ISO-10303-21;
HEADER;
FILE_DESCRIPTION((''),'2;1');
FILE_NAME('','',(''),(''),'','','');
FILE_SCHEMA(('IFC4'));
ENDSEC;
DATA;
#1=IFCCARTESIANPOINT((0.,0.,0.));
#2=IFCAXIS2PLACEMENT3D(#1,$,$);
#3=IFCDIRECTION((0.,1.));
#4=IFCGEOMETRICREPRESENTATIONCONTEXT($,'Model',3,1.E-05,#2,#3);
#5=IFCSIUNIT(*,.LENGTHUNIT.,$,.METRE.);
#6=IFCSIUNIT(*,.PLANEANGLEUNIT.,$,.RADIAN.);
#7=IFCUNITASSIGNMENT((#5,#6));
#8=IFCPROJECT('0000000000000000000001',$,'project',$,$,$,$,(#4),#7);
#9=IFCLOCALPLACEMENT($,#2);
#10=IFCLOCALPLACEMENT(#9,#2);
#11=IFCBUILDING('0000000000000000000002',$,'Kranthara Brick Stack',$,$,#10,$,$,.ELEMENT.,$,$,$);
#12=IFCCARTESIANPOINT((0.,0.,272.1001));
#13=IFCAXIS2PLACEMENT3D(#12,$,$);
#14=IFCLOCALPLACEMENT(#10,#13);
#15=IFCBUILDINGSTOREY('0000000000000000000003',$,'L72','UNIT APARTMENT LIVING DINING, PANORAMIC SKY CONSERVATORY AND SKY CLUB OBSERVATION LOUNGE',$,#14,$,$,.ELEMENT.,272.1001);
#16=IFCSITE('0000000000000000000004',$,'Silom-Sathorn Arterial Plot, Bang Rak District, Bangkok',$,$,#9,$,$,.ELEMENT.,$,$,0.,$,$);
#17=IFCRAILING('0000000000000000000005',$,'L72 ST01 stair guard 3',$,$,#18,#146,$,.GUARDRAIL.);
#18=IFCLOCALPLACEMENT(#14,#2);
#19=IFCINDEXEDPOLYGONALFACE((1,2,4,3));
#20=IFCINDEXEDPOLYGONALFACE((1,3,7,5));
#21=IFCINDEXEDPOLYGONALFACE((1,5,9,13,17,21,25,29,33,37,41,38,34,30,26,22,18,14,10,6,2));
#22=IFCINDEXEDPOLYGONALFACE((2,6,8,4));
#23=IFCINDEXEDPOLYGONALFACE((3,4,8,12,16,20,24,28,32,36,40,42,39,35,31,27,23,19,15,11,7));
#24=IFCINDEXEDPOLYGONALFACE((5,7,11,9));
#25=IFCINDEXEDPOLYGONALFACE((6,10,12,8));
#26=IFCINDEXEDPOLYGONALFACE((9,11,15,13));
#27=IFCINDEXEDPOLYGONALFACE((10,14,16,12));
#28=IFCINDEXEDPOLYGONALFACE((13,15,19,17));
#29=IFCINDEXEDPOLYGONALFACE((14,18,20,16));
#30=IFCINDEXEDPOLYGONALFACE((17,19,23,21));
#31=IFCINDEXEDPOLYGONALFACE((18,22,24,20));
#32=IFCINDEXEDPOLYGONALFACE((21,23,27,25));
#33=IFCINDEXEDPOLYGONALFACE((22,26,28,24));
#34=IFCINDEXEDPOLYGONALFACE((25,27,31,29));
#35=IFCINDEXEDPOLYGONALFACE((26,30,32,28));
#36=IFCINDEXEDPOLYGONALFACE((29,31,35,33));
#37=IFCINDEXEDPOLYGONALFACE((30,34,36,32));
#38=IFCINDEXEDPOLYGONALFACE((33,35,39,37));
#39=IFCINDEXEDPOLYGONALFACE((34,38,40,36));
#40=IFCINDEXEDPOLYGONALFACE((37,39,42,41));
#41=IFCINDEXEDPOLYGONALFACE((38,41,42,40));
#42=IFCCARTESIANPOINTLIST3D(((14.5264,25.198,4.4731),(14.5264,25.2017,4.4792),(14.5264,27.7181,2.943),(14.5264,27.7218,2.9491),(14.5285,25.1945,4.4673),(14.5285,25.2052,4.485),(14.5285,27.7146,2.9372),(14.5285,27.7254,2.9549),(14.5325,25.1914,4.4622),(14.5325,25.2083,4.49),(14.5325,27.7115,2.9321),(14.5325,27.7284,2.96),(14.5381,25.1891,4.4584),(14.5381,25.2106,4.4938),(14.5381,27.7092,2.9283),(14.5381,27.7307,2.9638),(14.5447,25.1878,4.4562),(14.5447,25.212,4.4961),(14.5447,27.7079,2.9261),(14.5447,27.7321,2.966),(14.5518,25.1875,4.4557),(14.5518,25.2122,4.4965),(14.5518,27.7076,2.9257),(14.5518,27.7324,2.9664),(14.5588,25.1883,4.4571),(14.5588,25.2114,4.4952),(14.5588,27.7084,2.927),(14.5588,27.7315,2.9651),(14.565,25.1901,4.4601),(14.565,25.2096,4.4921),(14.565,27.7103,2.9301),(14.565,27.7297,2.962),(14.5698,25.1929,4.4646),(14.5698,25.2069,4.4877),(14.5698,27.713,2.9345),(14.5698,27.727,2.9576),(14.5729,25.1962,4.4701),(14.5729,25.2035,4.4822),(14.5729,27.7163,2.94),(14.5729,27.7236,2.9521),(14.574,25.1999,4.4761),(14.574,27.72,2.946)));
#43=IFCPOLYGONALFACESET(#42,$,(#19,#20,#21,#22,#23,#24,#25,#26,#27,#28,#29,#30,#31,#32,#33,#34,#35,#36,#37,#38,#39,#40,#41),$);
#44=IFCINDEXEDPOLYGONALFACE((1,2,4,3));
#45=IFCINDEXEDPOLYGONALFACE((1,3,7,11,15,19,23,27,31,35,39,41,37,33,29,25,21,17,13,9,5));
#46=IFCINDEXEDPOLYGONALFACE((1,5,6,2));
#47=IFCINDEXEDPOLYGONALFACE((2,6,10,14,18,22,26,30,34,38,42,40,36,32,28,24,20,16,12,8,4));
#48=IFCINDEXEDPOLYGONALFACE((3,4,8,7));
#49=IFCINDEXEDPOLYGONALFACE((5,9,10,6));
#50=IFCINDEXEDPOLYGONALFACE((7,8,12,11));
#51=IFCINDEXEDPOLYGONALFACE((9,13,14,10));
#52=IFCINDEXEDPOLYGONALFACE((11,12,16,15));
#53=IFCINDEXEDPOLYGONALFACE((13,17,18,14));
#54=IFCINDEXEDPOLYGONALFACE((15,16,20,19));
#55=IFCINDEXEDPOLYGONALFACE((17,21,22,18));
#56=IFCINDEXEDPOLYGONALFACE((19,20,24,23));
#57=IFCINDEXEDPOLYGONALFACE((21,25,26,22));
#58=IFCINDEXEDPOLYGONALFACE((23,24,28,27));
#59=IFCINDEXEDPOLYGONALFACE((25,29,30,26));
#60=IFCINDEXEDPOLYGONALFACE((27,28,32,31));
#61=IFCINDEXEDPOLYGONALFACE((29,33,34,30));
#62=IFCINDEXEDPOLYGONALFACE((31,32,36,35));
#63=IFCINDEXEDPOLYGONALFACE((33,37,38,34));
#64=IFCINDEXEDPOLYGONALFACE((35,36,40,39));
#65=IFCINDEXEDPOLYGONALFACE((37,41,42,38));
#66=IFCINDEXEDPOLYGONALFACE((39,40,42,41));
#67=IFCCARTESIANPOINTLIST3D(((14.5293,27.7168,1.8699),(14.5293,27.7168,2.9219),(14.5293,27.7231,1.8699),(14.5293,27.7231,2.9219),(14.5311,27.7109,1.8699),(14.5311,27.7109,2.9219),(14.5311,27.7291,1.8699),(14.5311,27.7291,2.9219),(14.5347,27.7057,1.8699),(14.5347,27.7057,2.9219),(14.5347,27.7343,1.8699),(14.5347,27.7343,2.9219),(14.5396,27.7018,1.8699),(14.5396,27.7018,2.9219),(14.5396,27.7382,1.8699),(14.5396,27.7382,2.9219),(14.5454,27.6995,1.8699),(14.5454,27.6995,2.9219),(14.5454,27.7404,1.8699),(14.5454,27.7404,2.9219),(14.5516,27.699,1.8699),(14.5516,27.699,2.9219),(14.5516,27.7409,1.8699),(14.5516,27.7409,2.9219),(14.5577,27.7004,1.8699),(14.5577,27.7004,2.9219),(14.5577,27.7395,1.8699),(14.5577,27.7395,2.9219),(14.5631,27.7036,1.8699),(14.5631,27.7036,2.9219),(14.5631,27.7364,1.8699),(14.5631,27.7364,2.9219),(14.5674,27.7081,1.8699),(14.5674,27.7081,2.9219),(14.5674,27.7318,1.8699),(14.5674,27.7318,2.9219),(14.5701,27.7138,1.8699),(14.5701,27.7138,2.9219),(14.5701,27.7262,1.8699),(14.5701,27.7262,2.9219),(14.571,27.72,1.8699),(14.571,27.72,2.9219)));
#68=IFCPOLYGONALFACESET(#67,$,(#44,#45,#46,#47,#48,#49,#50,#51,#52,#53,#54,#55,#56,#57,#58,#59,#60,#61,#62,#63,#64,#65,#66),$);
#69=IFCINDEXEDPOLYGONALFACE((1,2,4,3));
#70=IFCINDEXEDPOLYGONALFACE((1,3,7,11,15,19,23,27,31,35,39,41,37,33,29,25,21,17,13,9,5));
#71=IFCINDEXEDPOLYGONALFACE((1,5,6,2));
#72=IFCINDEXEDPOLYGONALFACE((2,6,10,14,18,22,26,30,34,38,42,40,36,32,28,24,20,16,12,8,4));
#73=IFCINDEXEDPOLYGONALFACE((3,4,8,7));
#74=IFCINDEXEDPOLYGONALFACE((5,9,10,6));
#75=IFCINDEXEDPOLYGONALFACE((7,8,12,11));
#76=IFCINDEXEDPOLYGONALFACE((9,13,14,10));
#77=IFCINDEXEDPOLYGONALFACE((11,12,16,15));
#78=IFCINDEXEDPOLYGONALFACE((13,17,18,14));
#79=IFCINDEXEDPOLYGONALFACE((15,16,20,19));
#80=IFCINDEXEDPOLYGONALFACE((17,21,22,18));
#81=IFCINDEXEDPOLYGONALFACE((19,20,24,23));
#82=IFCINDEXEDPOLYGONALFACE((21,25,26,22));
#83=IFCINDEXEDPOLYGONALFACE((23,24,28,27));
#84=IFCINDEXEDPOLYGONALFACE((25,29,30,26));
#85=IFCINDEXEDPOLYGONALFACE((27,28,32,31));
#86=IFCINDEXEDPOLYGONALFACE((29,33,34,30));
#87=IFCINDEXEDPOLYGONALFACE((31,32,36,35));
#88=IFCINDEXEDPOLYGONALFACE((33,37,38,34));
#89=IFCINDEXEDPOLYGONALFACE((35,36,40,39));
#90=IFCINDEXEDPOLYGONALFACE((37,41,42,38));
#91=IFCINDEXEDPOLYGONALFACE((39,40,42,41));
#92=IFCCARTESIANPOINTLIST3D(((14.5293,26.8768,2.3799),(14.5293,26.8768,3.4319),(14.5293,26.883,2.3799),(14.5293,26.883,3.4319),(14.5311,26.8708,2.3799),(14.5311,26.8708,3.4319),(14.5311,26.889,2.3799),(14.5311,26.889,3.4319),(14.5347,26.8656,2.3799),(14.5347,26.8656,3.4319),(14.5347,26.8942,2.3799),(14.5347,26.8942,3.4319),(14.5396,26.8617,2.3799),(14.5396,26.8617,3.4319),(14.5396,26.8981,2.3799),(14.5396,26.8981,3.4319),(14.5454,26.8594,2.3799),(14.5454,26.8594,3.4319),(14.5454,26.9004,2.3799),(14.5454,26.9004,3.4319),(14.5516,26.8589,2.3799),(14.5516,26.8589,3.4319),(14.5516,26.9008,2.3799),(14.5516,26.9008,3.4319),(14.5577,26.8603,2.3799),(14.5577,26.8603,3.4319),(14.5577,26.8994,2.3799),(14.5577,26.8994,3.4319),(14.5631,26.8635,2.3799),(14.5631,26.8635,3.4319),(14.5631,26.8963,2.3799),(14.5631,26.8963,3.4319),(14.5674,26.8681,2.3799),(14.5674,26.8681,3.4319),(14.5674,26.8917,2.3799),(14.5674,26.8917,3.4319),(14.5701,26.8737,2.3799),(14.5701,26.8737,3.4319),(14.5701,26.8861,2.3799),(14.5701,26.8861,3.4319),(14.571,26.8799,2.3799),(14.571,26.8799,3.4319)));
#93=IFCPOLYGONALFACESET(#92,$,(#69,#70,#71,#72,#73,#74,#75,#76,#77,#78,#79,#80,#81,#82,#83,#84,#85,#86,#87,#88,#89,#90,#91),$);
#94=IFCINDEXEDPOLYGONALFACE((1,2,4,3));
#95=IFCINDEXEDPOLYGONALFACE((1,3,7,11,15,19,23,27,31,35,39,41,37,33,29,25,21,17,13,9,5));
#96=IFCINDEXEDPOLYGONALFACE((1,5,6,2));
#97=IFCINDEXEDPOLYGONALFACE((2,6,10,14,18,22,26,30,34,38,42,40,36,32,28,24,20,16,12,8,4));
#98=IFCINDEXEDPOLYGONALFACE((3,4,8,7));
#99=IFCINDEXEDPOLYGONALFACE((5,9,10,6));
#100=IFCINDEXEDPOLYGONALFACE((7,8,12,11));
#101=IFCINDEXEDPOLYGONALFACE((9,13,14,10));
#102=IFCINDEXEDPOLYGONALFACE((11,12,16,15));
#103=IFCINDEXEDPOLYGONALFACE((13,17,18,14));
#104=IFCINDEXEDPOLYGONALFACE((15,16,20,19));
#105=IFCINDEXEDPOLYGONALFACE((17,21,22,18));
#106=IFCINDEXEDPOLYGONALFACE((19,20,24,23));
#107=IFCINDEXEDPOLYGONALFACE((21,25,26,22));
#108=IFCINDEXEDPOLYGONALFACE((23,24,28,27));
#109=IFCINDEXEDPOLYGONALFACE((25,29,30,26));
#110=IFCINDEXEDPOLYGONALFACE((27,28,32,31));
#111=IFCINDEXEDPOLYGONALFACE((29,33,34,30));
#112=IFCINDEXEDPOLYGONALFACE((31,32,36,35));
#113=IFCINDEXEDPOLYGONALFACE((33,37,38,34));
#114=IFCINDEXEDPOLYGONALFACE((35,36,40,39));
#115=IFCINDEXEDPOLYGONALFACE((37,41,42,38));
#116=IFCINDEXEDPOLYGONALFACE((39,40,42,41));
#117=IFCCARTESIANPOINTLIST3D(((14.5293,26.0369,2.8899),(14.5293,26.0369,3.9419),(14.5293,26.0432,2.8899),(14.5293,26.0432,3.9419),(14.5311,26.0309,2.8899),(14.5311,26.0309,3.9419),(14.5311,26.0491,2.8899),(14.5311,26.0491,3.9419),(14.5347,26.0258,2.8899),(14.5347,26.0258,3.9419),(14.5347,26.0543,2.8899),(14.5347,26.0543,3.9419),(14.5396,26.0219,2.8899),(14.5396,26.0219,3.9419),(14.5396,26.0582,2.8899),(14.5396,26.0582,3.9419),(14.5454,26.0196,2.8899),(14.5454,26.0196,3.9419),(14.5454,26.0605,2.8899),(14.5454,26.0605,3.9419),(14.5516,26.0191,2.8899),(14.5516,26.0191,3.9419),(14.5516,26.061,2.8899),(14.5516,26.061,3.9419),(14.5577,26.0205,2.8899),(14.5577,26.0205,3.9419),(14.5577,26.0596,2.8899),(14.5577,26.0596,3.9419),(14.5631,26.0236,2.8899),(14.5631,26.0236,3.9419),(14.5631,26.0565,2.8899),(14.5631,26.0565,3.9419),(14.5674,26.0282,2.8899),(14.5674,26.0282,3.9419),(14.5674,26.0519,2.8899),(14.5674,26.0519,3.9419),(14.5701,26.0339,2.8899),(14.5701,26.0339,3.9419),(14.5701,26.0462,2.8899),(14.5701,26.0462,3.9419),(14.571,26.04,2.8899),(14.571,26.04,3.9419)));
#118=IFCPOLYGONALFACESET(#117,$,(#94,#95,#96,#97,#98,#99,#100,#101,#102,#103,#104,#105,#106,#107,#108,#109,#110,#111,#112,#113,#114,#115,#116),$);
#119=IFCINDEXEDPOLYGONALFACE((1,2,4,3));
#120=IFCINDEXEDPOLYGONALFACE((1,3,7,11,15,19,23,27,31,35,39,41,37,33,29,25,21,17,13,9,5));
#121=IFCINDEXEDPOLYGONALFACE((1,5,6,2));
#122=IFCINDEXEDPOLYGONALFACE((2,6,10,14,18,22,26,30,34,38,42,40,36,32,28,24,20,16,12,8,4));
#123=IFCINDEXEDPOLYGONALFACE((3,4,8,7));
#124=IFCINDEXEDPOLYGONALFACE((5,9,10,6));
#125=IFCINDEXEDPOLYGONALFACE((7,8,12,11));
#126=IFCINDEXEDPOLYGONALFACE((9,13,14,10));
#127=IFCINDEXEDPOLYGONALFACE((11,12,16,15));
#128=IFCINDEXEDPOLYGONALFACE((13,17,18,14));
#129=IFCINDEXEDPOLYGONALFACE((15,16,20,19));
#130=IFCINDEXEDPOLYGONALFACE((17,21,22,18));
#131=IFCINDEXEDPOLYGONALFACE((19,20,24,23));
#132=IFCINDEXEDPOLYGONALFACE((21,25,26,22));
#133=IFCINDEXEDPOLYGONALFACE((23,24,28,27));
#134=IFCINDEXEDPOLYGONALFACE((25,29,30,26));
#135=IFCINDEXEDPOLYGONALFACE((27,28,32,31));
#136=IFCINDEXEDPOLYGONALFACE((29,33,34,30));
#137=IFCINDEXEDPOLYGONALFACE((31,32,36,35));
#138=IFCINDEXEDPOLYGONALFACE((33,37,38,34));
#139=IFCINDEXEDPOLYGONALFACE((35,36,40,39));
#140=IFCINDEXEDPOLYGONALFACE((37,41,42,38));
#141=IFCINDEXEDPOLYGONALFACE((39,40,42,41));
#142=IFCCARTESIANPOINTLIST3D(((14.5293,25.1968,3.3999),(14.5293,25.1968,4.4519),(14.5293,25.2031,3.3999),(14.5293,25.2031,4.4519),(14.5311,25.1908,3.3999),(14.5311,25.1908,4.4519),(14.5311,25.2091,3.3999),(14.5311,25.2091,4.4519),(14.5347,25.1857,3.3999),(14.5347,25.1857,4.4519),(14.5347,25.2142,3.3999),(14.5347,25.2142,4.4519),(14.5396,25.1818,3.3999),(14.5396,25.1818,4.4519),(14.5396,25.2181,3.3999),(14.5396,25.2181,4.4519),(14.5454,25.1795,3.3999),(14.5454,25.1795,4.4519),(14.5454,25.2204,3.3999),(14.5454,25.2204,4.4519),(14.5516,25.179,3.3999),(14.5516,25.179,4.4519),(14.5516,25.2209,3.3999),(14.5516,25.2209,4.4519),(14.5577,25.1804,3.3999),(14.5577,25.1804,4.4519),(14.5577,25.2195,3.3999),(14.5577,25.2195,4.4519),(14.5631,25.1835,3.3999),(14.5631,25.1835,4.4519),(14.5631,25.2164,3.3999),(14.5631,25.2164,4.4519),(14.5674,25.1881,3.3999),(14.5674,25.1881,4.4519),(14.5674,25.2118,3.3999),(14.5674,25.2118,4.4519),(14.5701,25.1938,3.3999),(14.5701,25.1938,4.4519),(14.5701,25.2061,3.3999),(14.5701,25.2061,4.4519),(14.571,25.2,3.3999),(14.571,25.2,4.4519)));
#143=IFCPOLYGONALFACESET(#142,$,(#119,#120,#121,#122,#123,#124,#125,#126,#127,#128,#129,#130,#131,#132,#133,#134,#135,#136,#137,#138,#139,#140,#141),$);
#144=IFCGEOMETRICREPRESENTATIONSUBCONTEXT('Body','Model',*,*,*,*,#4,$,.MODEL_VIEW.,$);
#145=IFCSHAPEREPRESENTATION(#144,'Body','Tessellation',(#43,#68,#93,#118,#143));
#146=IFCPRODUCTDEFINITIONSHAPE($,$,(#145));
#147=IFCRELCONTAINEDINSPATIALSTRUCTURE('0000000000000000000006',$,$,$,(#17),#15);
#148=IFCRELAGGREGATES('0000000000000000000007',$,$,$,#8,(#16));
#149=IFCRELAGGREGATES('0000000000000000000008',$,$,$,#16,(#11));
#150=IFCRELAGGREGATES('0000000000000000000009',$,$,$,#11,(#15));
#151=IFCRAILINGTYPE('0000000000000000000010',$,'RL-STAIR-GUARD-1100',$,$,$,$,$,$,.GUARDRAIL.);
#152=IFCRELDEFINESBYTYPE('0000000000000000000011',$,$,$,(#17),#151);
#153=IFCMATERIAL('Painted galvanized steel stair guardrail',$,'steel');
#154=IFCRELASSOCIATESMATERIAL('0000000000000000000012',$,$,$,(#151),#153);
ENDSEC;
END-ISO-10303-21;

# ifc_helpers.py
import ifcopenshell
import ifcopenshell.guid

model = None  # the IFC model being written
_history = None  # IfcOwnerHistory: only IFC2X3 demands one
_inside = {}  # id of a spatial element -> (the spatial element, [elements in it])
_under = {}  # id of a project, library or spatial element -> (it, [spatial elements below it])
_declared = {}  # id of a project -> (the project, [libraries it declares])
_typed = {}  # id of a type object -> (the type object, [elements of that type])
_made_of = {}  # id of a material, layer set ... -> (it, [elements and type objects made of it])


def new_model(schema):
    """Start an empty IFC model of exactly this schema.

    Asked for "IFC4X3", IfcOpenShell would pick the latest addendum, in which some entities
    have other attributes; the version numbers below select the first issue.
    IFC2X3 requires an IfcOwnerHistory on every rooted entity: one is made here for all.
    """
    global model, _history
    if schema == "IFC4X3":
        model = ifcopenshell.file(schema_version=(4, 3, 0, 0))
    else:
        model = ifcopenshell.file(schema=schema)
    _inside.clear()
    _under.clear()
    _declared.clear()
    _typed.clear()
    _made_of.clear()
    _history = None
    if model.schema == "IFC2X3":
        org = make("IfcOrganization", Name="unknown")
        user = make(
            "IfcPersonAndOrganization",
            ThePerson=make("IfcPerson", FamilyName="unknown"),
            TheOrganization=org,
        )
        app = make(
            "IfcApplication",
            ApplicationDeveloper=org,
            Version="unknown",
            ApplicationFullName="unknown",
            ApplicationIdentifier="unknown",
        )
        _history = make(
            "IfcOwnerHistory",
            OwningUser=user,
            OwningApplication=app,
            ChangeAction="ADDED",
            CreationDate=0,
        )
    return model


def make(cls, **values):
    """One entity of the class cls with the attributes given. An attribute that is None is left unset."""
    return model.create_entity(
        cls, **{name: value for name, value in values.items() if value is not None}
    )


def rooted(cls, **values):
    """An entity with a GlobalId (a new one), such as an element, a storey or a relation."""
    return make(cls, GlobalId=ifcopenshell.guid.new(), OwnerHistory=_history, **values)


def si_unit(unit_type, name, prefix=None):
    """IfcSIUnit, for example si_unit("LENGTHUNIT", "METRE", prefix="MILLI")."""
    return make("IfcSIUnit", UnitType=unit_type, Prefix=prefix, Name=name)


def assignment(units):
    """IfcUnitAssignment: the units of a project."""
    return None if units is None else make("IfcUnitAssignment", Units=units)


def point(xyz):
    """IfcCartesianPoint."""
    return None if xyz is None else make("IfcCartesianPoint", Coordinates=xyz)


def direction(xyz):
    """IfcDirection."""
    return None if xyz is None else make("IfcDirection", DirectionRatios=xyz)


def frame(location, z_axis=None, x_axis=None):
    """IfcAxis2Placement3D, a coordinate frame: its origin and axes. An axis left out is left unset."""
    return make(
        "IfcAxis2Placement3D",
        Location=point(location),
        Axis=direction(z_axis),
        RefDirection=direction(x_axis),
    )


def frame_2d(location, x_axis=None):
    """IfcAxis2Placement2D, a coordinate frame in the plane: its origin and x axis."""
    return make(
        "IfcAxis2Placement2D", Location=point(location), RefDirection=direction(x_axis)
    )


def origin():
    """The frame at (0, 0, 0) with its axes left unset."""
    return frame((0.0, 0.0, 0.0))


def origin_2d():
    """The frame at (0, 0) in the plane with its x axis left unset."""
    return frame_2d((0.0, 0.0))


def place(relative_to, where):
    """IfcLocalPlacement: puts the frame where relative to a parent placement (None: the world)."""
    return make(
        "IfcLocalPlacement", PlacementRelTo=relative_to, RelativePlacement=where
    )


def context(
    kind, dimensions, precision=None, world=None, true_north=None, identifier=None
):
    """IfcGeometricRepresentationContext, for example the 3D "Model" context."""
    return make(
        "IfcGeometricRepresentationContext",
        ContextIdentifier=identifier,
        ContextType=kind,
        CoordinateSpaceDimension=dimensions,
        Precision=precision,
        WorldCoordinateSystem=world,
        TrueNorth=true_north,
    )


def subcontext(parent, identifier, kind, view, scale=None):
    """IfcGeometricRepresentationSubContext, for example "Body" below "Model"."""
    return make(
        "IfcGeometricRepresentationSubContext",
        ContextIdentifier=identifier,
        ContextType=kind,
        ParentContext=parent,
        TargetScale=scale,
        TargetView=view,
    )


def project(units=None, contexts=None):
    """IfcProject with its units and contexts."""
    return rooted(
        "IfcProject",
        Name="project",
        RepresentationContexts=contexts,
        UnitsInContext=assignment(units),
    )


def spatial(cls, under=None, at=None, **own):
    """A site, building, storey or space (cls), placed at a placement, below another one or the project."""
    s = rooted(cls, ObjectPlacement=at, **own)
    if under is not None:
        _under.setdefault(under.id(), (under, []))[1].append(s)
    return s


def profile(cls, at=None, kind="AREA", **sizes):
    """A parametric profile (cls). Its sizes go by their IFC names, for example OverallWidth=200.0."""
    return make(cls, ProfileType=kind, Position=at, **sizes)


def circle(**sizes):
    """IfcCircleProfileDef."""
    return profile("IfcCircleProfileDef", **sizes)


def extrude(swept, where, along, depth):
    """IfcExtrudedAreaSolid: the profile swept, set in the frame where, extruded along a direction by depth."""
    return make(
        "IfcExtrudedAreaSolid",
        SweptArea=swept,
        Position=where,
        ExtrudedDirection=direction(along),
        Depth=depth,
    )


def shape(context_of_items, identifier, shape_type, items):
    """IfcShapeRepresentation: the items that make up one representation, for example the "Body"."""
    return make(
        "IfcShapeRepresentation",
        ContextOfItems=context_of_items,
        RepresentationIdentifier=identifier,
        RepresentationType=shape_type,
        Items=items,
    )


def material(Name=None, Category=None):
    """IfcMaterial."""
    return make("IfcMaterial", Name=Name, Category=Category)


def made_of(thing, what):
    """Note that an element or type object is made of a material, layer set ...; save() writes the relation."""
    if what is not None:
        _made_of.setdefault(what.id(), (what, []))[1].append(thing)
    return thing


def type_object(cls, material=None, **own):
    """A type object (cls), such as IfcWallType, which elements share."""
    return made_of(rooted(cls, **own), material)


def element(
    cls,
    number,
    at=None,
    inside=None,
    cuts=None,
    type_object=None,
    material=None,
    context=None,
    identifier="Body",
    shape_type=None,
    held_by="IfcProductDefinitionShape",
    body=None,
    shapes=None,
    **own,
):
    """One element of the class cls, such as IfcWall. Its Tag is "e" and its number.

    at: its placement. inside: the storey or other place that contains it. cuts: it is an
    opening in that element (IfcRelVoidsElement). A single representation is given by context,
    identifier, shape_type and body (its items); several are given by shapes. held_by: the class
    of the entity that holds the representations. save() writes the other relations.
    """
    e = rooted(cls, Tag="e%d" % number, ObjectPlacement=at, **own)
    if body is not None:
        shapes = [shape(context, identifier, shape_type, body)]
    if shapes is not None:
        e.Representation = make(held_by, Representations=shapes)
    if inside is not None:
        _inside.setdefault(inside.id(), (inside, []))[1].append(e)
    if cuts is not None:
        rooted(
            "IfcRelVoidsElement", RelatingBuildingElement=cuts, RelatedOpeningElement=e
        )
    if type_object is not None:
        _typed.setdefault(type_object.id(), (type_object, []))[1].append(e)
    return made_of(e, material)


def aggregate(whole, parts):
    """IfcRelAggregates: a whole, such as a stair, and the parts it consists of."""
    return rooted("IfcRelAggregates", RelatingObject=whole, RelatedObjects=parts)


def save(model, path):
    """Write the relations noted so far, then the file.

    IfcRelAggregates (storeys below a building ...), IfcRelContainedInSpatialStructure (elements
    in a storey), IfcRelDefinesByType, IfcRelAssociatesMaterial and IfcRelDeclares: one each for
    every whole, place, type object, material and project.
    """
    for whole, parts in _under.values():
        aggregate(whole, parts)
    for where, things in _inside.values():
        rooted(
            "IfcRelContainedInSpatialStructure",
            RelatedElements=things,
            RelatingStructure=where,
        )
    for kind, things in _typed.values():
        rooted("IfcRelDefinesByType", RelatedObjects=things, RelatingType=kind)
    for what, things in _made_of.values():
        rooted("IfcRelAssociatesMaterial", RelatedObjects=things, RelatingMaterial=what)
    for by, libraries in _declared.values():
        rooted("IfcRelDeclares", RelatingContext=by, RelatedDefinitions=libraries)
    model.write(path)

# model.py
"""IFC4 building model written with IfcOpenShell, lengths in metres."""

from ifc_helpers import new_model, si_unit, direction, frame, origin, origin_2d, place, context, subcontext, project, spatial, circle, extrude, material, type_object, element, save


model = new_model("IFC4")

# Units and contexts
model_context = context("Model", 3, precision=1e-05, world=origin(), true_north=direction((0.0, 1.0)))
body_context = subcontext(model_context, "Body", "Model", "MODEL_VIEW")
ifc_project = project(units=[si_unit("LENGTHUNIT", "METRE"), si_unit("PLANEANGLEUNIT", "RADIAN")], contexts=[model_context])

# Site, building, storey
site_placement = place(None, origin())
site = spatial("IfcSite", under=ifc_project, at=site_placement, Name="Silom-Sathorn Arterial Plot, Bang Rak District, Bangkok", CompositionType="ELEMENT", RefElevation=0.0)
building_placement = place(site_placement, origin())
building = spatial("IfcBuilding", under=site, at=building_placement, Name="Kranthara Brick Stack", CompositionType="ELEMENT")
storey_placement = place(building_placement, frame((0.0, 0.0, 272.1001)))
storey = spatial("IfcBuildingStorey", under=building, at=storey_placement, Name="L72", Description="UNIT APARTMENT LIVING DINING, PANORAMIC SKY CONSERVATORY AND SKY CLUB OBSERVATION LOUNGE", CompositionType="ELEMENT", Elevation=272.1001)

# Railing
ifc_material_1 = material(Name="Painted galvanized steel stair guardrail", Category="steel")
railing_type_1 = type_object("IfcRailingType", Name="RL-STAIR-GUARD-1100", PredefinedType="GUARDRAIL", material=ifc_material_1)
railing_1_placement = place(storey_placement, frame((14.55, 27.72, 1.8699)))
element("IfcRailing", 1, at=railing_1_placement, inside=storey, type_object=railing_type_1, Name="L72 ST01 stair guard 3", PredefinedType="GUARDRAIL", context=body_context, shape_type="SweptSolid", body=[
    extrude(circle(Radius=0.0239, at=origin_2d()), frame((0.0, 0.0, 1.0762), z_axis=(0.0, -0.854785, 0.518982), x_axis=(1.0, 0.0, 0.0)), (0.0, 0.0, 1.0), 2.9482),
    extrude(circle(Radius=0.021, at=origin_2d()), origin(), (0.0, 0.0, 1.0), 1.052),
    extrude(circle(Radius=0.021, at=origin_2d()), frame((0.0, -0.8401, 0.51)), (0.0, 0.0, 1.0), 1.052),
    extrude(circle(Radius=0.021, at=origin_2d()), frame((0.0, -1.6799, 1.02)), (0.0, 0.0, 1.0), 1.052),
    extrude(circle(Radius=0.021, at=origin_2d()), frame((0.0, -2.52, 1.53)), (0.0, 0.0, 1.0), 1.052),
])

save(model, "model.ifc")
